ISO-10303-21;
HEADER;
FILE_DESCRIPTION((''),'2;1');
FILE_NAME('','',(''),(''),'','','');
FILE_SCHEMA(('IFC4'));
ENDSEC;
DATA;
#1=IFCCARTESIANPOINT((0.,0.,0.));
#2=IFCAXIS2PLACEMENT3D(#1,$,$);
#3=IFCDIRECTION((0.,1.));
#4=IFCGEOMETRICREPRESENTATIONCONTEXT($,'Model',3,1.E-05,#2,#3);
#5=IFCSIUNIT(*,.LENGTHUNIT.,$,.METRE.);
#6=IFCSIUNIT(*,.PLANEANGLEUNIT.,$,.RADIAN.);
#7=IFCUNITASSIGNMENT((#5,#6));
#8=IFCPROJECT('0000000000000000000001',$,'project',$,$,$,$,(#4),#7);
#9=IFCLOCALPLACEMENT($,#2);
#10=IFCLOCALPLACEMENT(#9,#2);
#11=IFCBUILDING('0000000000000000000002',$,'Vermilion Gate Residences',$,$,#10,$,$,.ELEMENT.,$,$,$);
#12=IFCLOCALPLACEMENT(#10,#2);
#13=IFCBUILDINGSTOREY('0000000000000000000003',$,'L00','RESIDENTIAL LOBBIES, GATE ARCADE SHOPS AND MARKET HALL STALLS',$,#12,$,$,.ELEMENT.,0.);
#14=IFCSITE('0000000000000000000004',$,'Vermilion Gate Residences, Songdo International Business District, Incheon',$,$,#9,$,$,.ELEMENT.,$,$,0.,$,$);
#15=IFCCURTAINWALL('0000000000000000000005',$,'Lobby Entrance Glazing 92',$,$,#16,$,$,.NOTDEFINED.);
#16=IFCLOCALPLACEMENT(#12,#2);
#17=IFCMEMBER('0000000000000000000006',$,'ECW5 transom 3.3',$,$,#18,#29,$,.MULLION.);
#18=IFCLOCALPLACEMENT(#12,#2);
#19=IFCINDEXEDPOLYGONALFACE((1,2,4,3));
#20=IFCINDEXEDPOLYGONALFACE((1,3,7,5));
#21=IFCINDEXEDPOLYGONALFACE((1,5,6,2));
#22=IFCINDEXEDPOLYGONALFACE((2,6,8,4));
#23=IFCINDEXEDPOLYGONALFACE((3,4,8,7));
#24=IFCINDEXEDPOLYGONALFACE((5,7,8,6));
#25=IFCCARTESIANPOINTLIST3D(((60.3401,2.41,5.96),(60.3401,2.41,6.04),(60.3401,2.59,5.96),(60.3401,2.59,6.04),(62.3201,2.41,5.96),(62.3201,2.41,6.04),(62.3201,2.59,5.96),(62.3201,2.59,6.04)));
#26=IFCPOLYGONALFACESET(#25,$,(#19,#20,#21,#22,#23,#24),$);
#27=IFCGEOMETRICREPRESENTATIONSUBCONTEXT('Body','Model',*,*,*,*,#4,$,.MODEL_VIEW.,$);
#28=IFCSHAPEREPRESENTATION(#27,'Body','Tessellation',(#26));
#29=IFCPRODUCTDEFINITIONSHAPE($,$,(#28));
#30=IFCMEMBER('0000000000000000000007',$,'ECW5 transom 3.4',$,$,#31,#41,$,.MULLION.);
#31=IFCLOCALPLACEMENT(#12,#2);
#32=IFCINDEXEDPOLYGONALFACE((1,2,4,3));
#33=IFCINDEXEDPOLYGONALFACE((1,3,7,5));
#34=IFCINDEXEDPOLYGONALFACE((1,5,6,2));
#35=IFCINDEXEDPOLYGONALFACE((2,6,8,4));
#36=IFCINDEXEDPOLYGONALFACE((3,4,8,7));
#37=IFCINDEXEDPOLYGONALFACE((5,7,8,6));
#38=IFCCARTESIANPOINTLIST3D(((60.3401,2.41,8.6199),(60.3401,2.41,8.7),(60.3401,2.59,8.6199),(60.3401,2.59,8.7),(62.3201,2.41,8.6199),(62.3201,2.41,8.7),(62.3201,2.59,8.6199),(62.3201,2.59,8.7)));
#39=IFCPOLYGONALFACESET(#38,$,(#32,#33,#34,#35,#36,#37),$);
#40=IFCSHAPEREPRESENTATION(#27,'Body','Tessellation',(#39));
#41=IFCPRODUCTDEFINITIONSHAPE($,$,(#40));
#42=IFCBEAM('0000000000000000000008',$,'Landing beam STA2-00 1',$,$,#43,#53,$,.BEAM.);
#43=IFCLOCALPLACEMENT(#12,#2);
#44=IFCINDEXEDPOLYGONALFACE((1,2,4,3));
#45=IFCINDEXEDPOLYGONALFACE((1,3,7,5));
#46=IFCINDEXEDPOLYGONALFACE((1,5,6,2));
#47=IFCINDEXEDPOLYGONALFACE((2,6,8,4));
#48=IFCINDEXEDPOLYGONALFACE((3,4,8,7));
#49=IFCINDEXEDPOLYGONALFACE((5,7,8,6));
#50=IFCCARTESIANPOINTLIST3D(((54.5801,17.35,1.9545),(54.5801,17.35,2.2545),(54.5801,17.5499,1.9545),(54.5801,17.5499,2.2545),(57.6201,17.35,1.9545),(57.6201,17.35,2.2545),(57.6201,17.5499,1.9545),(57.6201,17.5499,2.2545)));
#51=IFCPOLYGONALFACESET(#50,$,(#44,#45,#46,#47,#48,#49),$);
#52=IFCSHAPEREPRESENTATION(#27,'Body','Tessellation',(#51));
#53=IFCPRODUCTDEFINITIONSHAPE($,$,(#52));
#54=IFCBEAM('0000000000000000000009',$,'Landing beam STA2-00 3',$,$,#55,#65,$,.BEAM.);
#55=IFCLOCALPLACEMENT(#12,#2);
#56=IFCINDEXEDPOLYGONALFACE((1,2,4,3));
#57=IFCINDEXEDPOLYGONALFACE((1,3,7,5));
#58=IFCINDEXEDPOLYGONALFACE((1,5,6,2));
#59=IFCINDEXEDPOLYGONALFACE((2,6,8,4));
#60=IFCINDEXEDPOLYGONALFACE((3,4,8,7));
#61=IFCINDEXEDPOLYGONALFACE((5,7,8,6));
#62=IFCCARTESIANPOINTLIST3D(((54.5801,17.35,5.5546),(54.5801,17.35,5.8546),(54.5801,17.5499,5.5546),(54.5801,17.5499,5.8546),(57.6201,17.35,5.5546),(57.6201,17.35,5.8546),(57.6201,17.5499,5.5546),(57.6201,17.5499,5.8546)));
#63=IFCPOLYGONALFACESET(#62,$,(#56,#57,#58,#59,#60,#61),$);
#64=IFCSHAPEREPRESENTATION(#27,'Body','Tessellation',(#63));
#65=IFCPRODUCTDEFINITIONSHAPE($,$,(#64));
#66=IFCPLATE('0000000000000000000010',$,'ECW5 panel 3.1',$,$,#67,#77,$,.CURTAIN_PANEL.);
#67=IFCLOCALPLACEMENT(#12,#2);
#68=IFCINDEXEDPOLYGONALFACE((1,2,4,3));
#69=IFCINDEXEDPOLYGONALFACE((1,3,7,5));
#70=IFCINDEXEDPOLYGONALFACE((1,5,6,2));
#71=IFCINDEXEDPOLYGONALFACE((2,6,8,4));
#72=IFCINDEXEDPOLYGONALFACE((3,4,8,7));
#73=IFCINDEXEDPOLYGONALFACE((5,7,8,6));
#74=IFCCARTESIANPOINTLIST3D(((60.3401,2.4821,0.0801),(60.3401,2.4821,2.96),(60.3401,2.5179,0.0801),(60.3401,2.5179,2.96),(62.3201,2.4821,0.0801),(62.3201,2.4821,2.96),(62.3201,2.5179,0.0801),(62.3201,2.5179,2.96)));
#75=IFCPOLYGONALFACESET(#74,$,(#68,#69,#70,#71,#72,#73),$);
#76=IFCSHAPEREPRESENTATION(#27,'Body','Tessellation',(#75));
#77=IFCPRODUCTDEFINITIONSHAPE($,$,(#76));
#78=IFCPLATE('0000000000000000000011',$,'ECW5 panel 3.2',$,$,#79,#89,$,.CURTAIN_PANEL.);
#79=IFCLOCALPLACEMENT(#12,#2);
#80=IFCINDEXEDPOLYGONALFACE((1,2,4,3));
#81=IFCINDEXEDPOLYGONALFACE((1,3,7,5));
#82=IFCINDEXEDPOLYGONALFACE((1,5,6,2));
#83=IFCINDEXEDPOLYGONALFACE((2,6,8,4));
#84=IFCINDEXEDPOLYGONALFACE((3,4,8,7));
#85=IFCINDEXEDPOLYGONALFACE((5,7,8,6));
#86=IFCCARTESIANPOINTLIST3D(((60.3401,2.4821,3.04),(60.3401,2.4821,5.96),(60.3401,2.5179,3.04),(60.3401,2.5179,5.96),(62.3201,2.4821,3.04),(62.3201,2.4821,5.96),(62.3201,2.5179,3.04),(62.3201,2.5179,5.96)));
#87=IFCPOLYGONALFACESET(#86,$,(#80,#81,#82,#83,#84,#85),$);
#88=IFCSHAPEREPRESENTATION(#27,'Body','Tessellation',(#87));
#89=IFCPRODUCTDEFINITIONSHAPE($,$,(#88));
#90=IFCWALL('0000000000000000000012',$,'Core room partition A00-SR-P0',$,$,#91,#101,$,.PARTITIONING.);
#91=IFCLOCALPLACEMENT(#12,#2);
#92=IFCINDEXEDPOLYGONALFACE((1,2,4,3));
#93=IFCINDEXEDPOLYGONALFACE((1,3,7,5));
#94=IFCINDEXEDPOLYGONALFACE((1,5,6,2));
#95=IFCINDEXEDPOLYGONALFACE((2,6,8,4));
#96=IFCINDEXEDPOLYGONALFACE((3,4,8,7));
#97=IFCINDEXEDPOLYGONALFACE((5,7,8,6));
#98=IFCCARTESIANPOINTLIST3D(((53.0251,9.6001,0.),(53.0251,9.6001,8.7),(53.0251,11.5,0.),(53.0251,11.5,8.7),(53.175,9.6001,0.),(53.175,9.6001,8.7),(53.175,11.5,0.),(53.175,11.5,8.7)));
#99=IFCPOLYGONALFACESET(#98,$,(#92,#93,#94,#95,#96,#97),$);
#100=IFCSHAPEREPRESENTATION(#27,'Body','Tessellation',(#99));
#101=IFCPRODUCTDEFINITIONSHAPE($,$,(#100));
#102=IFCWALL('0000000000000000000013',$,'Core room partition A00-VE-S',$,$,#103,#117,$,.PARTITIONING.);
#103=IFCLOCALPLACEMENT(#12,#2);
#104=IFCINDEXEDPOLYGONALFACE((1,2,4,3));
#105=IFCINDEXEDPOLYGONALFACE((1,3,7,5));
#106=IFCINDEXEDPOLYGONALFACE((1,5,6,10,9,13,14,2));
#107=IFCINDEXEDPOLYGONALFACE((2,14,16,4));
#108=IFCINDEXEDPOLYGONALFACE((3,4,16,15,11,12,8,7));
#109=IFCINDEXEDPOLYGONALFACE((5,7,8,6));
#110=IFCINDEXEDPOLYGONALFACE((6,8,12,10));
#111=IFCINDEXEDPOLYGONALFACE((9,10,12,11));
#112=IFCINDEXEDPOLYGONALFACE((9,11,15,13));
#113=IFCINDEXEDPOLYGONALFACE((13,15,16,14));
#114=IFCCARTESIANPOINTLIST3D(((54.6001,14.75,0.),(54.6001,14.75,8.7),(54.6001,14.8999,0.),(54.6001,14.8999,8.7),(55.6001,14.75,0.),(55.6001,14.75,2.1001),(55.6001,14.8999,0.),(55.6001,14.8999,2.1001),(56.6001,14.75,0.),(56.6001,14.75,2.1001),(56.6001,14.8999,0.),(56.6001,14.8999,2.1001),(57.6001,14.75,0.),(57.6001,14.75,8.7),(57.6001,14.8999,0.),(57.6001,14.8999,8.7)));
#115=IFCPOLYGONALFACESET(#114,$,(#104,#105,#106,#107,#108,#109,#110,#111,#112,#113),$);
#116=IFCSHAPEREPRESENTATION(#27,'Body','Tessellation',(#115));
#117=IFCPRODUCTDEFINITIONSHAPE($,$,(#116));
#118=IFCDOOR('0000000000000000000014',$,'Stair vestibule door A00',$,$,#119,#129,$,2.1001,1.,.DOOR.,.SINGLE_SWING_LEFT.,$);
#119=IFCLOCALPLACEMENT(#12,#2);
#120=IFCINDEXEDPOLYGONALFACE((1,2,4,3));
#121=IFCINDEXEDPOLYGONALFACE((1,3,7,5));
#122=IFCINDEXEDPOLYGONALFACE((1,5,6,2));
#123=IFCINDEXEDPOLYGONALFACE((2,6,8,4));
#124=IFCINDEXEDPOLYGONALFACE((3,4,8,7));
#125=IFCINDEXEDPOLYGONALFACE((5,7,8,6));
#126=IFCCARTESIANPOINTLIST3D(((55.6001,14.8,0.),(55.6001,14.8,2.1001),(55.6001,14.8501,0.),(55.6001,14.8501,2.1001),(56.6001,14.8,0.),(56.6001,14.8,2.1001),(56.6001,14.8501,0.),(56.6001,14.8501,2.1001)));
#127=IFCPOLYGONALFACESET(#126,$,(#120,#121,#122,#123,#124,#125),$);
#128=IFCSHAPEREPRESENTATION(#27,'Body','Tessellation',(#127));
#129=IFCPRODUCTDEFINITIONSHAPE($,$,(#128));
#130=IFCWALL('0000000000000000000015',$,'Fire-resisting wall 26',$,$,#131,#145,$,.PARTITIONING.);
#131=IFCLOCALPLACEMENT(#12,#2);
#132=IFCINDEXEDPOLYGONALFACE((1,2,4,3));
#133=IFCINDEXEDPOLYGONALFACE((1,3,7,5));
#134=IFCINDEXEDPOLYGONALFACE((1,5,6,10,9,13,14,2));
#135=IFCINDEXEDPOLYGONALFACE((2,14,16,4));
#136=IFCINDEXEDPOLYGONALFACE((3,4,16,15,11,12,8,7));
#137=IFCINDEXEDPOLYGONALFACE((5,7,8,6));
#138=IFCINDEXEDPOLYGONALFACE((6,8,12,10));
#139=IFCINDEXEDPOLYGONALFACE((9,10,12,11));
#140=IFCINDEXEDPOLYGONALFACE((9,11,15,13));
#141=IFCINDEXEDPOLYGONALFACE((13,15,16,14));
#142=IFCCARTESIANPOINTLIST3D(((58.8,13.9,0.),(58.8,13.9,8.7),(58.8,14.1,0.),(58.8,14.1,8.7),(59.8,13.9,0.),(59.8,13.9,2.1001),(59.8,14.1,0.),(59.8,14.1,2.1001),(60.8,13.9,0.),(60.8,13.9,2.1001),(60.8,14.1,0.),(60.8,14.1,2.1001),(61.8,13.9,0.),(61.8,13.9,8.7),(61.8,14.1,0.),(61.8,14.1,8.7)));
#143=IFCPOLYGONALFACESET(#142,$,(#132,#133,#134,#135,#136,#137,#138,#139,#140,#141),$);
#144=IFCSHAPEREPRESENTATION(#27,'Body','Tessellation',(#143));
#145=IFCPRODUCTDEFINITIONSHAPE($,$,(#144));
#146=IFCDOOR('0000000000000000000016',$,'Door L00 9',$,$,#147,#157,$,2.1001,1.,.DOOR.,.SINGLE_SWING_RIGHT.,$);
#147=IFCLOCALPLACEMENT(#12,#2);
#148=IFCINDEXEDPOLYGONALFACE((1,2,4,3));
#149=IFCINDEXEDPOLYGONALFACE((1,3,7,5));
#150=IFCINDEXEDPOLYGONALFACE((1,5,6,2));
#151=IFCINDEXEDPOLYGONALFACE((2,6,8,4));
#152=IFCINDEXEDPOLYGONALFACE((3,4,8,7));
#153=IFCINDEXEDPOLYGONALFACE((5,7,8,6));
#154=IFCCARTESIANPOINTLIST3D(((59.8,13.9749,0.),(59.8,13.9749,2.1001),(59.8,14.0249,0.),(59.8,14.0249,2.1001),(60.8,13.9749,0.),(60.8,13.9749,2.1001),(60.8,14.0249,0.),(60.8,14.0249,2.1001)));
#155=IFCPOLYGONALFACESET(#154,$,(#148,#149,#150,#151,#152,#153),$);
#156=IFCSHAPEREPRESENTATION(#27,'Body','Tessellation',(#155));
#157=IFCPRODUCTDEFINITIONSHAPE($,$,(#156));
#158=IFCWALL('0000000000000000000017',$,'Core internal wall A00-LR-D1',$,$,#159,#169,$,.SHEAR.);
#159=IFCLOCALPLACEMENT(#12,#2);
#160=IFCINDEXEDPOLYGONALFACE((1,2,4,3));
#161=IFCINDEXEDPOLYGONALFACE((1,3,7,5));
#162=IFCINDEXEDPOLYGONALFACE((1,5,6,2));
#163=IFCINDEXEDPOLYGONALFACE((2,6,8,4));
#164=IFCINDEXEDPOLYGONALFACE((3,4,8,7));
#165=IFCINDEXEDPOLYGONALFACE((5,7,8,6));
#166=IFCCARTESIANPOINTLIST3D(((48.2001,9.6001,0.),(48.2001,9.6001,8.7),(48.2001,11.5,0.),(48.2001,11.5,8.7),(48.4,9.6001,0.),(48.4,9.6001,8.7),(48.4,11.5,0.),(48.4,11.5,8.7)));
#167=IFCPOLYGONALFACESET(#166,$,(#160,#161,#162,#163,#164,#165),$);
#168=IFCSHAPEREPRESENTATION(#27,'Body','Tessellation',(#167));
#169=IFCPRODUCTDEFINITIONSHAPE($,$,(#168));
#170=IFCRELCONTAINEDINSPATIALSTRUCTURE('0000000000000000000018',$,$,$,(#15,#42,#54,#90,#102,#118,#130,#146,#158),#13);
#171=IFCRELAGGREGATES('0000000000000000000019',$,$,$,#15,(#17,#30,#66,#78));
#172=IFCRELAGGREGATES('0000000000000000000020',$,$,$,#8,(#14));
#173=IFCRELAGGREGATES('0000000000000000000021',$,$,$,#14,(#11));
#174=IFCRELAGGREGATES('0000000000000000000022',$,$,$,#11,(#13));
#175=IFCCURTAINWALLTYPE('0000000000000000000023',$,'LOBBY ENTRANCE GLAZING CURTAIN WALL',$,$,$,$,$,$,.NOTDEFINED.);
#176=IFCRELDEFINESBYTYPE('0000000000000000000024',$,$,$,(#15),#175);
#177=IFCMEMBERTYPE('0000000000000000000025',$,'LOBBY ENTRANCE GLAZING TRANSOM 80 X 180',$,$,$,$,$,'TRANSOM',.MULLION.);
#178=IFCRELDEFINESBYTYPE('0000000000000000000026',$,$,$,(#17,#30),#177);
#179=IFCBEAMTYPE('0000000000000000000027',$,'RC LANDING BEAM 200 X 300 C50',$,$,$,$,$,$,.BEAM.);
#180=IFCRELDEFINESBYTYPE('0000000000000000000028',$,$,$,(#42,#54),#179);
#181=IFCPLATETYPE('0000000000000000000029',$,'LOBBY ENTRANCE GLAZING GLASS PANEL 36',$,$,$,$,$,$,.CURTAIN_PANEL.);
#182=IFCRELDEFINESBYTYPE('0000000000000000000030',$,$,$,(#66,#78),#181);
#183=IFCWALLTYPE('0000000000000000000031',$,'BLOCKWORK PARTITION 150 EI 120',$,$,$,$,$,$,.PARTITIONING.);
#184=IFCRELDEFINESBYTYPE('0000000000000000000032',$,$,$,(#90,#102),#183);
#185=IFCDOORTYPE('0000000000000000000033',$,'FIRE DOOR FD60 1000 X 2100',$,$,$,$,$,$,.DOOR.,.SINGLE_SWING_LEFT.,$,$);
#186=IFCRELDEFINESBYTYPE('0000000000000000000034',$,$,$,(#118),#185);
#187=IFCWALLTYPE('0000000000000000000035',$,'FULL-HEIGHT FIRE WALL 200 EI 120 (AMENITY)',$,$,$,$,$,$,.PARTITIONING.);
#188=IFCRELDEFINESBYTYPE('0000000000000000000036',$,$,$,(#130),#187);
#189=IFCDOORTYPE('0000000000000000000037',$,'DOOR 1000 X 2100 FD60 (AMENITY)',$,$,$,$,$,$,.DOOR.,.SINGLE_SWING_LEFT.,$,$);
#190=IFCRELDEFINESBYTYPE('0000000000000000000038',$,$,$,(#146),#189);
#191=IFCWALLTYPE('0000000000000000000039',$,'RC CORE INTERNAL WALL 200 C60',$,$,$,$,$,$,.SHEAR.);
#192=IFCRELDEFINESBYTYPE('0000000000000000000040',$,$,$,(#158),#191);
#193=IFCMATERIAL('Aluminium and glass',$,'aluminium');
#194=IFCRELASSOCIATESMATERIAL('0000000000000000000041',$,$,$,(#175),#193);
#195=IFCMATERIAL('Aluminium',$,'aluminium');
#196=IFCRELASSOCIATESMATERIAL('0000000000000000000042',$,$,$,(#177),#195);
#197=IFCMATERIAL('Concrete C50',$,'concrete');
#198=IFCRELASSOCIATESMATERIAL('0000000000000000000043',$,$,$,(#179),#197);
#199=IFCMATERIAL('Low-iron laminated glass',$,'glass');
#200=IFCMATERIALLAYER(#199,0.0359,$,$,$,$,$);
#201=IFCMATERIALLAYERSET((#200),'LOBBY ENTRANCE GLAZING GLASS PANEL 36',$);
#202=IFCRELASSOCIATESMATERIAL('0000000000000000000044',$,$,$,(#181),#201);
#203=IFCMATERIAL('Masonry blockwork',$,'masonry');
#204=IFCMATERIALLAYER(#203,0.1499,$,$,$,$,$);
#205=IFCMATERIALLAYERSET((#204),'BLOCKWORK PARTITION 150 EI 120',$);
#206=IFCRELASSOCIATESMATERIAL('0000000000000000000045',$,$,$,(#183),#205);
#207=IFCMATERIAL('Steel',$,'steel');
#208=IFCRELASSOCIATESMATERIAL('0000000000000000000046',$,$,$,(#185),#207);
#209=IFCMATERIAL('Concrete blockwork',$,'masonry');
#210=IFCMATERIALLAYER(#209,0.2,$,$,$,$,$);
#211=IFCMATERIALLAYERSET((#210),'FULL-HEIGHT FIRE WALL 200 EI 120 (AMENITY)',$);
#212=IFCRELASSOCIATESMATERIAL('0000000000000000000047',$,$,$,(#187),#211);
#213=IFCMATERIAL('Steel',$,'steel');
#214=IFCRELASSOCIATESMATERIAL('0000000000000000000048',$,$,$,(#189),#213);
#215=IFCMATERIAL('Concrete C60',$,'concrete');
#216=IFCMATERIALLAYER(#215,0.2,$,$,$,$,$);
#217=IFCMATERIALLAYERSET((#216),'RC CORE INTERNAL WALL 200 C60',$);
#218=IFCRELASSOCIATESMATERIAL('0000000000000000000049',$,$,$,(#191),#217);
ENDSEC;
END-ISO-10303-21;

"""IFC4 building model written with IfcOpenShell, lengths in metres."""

from ifc_helpers import new_model, si_unit, direction, frame, frame_2d, origin, origin_2d, place, context, subcontext, project, spatial, rectangle, extrude, material, layer, layer_set, material_profile, profile_set, type_object, element, fill, aggregate, save


model = new_model("IFC4")

# Units and contexts
model_context = context("Model", 3, precision=1e-05, world=origin(), true_north=direction((0.0, 1.0)))
body_context = subcontext(model_context, "Body", "Model", "MODEL_VIEW")
ifc_project = project(units=[si_unit("LENGTHUNIT", "METRE"), si_unit("PLANEANGLEUNIT", "RADIAN")], contexts=[model_context])

# Site, building, storey
site_placement = place(None, origin())
site = spatial("IfcSite", under=ifc_project, at=site_placement, Name="Vermilion Gate Residences, Songdo International Business District, Incheon", CompositionType="ELEMENT", RefElevation=0.0)
building_placement = place(site_placement, origin())
building = spatial("IfcBuilding", under=site, at=building_placement, Name="Vermilion Gate Residences", CompositionType="ELEMENT")
storey_placement = place(building_placement, origin())
storey = spatial("IfcBuildingStorey", under=building, at=storey_placement, Name="L00", Description="RESIDENTIAL LOBBIES, GATE ARCADE SHOPS AND MARKET HALL STALLS", CompositionType="ELEMENT", Elevation=0.0)

# Curtain wall, members
ifc_material_1 = material(Name="Aluminium and glass", Category="aluminium")
curtain_wall_type = type_object("IfcCurtainWallType", Name="LOBBY ENTRANCE GLAZING CURTAIN WALL", PredefinedType="NOTDEFINED", material=ifc_material_1)
curtain_wall_placement = place(storey_placement, origin())
curtain_wall = element("IfcCurtainWall", 1, at=curtain_wall_placement, inside=storey, type_object=curtain_wall_type, Name="Lobby Entrance Glazing 92", PredefinedType="NOTDEFINED")
ifc_material_2 = material(Name="Aluminium", Category="aluminium")
ifc_material_profile_1 = material_profile(ifc_material_2, rectangle(XDim=0.1799, YDim=0.0801, at=origin_2d()), Name="TRANSOM 80 X 180")
ifc_profile_set_1 = profile_set([ifc_material_profile_1], Name="Aluminium")
member_type = type_object("IfcMemberType", Name="LOBBY ENTRANCE GLAZING TRANSOM 80 X 180", ElementType="TRANSOM", PredefinedType="MULLION", material=ifc_profile_set_1)
member_1_placement = place(storey_placement, frame((60.3401, 2.5, 6.0), z_axis=(1.0, 0.0, 0.0), x_axis=(0.0, 1.0, 0.0)))
member_1 = element("IfcMember", 2, at=member_1_placement, type_object=member_type, Name="ECW5 transom 3.3", PredefinedType="MULLION", context=body_context, shape_type="SweptSolid", body=[
    extrude(rectangle(XDim=0.1799, YDim=0.0801, at=origin_2d()), origin(), (0.0, 0.0, 1.0), 1.98),
])
member_2_placement = place(storey_placement, frame((60.3401, 2.5, 8.6599), z_axis=(1.0, 0.0, 0.0), x_axis=(0.0, 1.0, 0.0)))
member_2 = element("IfcMember", 3, at=member_2_placement, type_object=member_type, Name="ECW5 transom 3.4", PredefinedType="MULLION", context=body_context, shape_type="SweptSolid", body=[
    extrude(rectangle(XDim=0.1799, YDim=0.0801, at=origin_2d()), origin(), (0.0, 0.0, 1.0), 1.98),
])

# Beams
ifc_material_3 = material(Name="Concrete C50", Category="concrete")
ifc_material_profile_2 = material_profile(ifc_material_3, rectangle(XDim=0.2, YDim=0.3, at=origin_2d()), Name="RC-200x300")
ifc_profile_set_2 = profile_set([ifc_material_profile_2], Name="Concrete C50")
beam_type = type_object("IfcBeamType", Name="RC LANDING BEAM 200 X 300 C50", PredefinedType="BEAM", material=ifc_profile_set_2)
for number, where, z_axis, x_axis, name in (
    (4, (54.5801, 17.45, 2.1045), (1.0, 0.0, 0.0), (0.0, 1.0, 0.0), "Landing beam STA2-00 1"),
    (5, (54.5801, 17.45, 5.7046), (1.0, 0.0, 0.0), (0.0, 1.0, 0.0), "Landing beam STA2-00 3"),
):
    element("IfcBeam", number, at=place(storey_placement, frame(where, z_axis=z_axis, x_axis=x_axis)), inside=storey, type_object=beam_type, Name=name, PredefinedType="BEAM", context=body_context, shape_type="SweptSolid", body=[
        extrude(rectangle(XDim=0.2, YDim=0.3, at=origin_2d()), origin(), (0.0, 0.0, 1.0), 3.04),
    ])

# Plates
ifc_material_4 = material(Name="Low-iron laminated glass", Category="glass")
ifc_layer_1 = layer(ifc_material_4, 0.0359)
ifc_layer_set_1 = layer_set([ifc_layer_1], Name="LOBBY ENTRANCE GLAZING GLASS PANEL 36")
plate_type = type_object("IfcPlateType", Name="LOBBY ENTRANCE GLAZING GLASS PANEL 36", PredefinedType="CURTAIN_PANEL", material=ifc_layer_set_1)
plate_1_placement = place(storey_placement, frame((61.3301, 2.5, 0.0801), z_axis=(0.0, 0.0, 1.0), x_axis=(1.0, 0.0, 0.0)))
plate_1 = element("IfcPlate", 6, at=plate_1_placement, type_object=plate_type, Name="ECW5 panel 3.1", PredefinedType="CURTAIN_PANEL", context=body_context, shape_type="SweptSolid", body=[
    extrude(rectangle(XDim=1.98, YDim=0.0359, at=origin_2d()), origin(), (0.0, 0.0, 1.0), 2.8799),
])
plate_2_placement = place(storey_placement, frame((61.3301, 2.5, 3.04), z_axis=(0.0, 0.0, 1.0), x_axis=(1.0, 0.0, 0.0)))
plate_2 = element("IfcPlate", 7, at=plate_2_placement, type_object=plate_type, Name="ECW5 panel 3.2", PredefinedType="CURTAIN_PANEL", context=body_context, shape_type="SweptSolid", body=[
    extrude(rectangle(XDim=1.98, YDim=0.0359, at=origin_2d()), origin(), (0.0, 0.0, 1.0), 2.9199),
])
aggregate(curtain_wall, [member_1, member_2, plate_1, plate_2])

# Wall
ifc_material_5 = material(Name="Masonry blockwork", Category="masonry")
ifc_layer_2 = layer(ifc_material_5, 0.1499)
ifc_layer_set_2 = layer_set([ifc_layer_2], Name="BLOCKWORK PARTITION 150 EI 120")
wall_type_1 = type_object("IfcWallType", Name="BLOCKWORK PARTITION 150 EI 120", PredefinedType="PARTITIONING", material=ifc_layer_set_2)
wall_1_placement = place(storey_placement, frame((53.1001, 9.6001, 0.0), z_axis=(0.0, 0.0, 1.0), x_axis=(0.0, 1.0, 0.0)))
element("IfcWall", 8, at=wall_1_placement, inside=storey, type_object=wall_type_1, Name="Core room partition A00-SR-P0", PredefinedType="PARTITIONING", context=body_context, shape_type="SweptSolid", body=[
    extrude(rectangle(XDim=1.8999, YDim=0.1499, at=frame_2d((0.95, 0.0))), origin(), (0.0, 0.0, 1.0), 8.7),
])

# Walls, openings, doors
wall_2_placement = place(storey_placement, frame((54.6001, 14.825, 0.0), z_axis=(0.0, 0.0, 1.0), x_axis=(1.0, 0.0, 0.0)))
wall_2 = element("IfcWall", 9, at=wall_2_placement, inside=storey, type_object=wall_type_1, Name="Core room partition A00-VE-S", PredefinedType="PARTITIONING", context=body_context, shape_type="SweptSolid", body=[
    extrude(rectangle(XDim=3.0, YDim=0.1499, at=frame_2d((1.5, 0.0))), origin(), (0.0, 0.0, 1.0), 8.7),
])
opening_1_placement = place(wall_2_placement, frame((1.0, 0.0, 0.0)))
opening_1 = element("IfcOpeningElement", 10, at=opening_1_placement, cuts=wall_2, PredefinedType="OPENING", context=body_context, shape_type="SweptSolid", body=[
    extrude(rectangle(XDim=1.0, YDim=2.1001, at=frame_2d((0.5, 1.05))), frame((0.0, 0.085, 0.0), z_axis=(0.0, -1.0, 0.0), x_axis=(1.0, 0.0, 0.0)), (0.0, 0.0, 1.0), 0.1699),
])
ifc_material_6 = material(Name="Steel", Category="steel")
door_type_1 = type_object("IfcDoorType", Name="FIRE DOOR FD60 1000 X 2100", OperationType="SINGLE_SWING_LEFT", PredefinedType="DOOR", material=ifc_material_6)
door_1_placement = place(opening_1_placement, frame((1.0, 0.0, 0.0), z_axis=(0.0, 0.0, 1.0), x_axis=(-1.0, 0.0, 0.0)))
door_1 = element("IfcDoor", 11, at=door_1_placement, inside=storey, type_object=door_type_1, Name="Stair vestibule door A00", OperationType="SINGLE_SWING_LEFT", OverallHeight=2.1001, OverallWidth=1.0, PredefinedType="DOOR", context=body_context, shape_type="SweptSolid", body=[
    extrude(rectangle(XDim=1.0, YDim=2.1001, at=frame_2d((0.5, 1.05))), frame((0.0, 0.0249, 0.0), z_axis=(0.0, -1.0, 0.0), x_axis=(1.0, 0.0, 0.0)), (0.0, 0.0, 1.0), 0.05),
])
fill(opening_1, door_1)
ifc_material_7 = material(Name="Concrete blockwork", Category="masonry")
ifc_layer_3 = layer(ifc_material_7, 0.2)
ifc_layer_set_3 = layer_set([ifc_layer_3], Name="FULL-HEIGHT FIRE WALL 200 EI 120 (AMENITY)")
wall_type_2 = type_object("IfcWallType", Name="FULL-HEIGHT FIRE WALL 200 EI 120 (AMENITY)", PredefinedType="PARTITIONING", material=ifc_layer_set_3)
wall_3_placement = place(storey_placement, frame((58.8, 14.0, 0.0), z_axis=(0.0, 0.0, 1.0), x_axis=(1.0, 0.0, 0.0)))
wall_3 = element("IfcWall", 12, at=wall_3_placement, inside=storey, type_object=wall_type_2, Name="Fire-resisting wall 26", PredefinedType="PARTITIONING", context=body_context, shape_type="SweptSolid", body=[
    extrude(rectangle(XDim=3.0, YDim=0.2, at=frame_2d((1.5, 0.0))), origin(), (0.0, 0.0, 1.0), 8.7),
])
opening_2_placement = place(wall_3_placement, frame((1.0, 0.0, 0.0)))
opening_2 = element("IfcOpeningElement", 13, at=opening_2_placement, cuts=wall_3, PredefinedType="OPENING", context=body_context, shape_type="SweptSolid", body=[
    extrude(rectangle(XDim=1.0, YDim=2.1001, at=frame_2d((0.5, 1.05))), frame((0.0, 0.1099, 0.0), z_axis=(0.0, -1.0, 0.0), x_axis=(1.0, 0.0, 0.0)), (0.0, 0.0, 1.0), 0.22),
])
ifc_material_8 = material(Name="Steel", Category="steel")
door_type_2 = type_object("IfcDoorType", Name="DOOR 1000 X 2100 FD60 (AMENITY)", OperationType="SINGLE_SWING_LEFT", PredefinedType="DOOR", material=ifc_material_8)
door_2_placement = place(opening_2_placement, origin())
door_2 = element("IfcDoor", 14, at=door_2_placement, inside=storey, type_object=door_type_2, Name="Door L00 9", OperationType="SINGLE_SWING_RIGHT", OverallHeight=2.1001, OverallWidth=1.0, PredefinedType="DOOR", context=body_context, shape_type="SweptSolid", body=[
    extrude(rectangle(XDim=1.0, YDim=2.1001, at=frame_2d((0.5, 1.05))), frame((0.0, 0.0249, 0.0), z_axis=(0.0, -1.0, 0.0), x_axis=(1.0, 0.0, 0.0)), (0.0, 0.0, 1.0), 0.05),
])
fill(opening_2, door_2)

# Wall
ifc_material_9 = material(Name="Concrete C60", Category="concrete")
ifc_layer_4 = layer(ifc_material_9, 0.2)
ifc_layer_set_4 = layer_set([ifc_layer_4], Name="RC CORE INTERNAL WALL 200 C60")
wall_type_3 = type_object("IfcWallType", Name="RC CORE INTERNAL WALL 200 C60", PredefinedType="SHEAR", material=ifc_layer_set_4)
for number, where, z_axis, x_axis, name in (
    (15, (48.3, 9.6001, 0.0), (0.0, 0.0, 1.0), (0.0, 1.0, 0.0), "Core internal wall A00-LR-D1"),
):
    element("IfcWall", number, at=place(storey_placement, frame(where, z_axis=z_axis, x_axis=x_axis)), inside=storey, type_object=wall_type_3, Name=name, PredefinedType="SHEAR", context=body_context, shape_type="SweptSolid", body=[
        extrude(rectangle(XDim=1.8999, YDim=0.2, at=frame_2d((0.95, 0.0))), origin(), (0.0, 0.0, 1.0), 8.7),
    ])

save(model, "model.ifc")
